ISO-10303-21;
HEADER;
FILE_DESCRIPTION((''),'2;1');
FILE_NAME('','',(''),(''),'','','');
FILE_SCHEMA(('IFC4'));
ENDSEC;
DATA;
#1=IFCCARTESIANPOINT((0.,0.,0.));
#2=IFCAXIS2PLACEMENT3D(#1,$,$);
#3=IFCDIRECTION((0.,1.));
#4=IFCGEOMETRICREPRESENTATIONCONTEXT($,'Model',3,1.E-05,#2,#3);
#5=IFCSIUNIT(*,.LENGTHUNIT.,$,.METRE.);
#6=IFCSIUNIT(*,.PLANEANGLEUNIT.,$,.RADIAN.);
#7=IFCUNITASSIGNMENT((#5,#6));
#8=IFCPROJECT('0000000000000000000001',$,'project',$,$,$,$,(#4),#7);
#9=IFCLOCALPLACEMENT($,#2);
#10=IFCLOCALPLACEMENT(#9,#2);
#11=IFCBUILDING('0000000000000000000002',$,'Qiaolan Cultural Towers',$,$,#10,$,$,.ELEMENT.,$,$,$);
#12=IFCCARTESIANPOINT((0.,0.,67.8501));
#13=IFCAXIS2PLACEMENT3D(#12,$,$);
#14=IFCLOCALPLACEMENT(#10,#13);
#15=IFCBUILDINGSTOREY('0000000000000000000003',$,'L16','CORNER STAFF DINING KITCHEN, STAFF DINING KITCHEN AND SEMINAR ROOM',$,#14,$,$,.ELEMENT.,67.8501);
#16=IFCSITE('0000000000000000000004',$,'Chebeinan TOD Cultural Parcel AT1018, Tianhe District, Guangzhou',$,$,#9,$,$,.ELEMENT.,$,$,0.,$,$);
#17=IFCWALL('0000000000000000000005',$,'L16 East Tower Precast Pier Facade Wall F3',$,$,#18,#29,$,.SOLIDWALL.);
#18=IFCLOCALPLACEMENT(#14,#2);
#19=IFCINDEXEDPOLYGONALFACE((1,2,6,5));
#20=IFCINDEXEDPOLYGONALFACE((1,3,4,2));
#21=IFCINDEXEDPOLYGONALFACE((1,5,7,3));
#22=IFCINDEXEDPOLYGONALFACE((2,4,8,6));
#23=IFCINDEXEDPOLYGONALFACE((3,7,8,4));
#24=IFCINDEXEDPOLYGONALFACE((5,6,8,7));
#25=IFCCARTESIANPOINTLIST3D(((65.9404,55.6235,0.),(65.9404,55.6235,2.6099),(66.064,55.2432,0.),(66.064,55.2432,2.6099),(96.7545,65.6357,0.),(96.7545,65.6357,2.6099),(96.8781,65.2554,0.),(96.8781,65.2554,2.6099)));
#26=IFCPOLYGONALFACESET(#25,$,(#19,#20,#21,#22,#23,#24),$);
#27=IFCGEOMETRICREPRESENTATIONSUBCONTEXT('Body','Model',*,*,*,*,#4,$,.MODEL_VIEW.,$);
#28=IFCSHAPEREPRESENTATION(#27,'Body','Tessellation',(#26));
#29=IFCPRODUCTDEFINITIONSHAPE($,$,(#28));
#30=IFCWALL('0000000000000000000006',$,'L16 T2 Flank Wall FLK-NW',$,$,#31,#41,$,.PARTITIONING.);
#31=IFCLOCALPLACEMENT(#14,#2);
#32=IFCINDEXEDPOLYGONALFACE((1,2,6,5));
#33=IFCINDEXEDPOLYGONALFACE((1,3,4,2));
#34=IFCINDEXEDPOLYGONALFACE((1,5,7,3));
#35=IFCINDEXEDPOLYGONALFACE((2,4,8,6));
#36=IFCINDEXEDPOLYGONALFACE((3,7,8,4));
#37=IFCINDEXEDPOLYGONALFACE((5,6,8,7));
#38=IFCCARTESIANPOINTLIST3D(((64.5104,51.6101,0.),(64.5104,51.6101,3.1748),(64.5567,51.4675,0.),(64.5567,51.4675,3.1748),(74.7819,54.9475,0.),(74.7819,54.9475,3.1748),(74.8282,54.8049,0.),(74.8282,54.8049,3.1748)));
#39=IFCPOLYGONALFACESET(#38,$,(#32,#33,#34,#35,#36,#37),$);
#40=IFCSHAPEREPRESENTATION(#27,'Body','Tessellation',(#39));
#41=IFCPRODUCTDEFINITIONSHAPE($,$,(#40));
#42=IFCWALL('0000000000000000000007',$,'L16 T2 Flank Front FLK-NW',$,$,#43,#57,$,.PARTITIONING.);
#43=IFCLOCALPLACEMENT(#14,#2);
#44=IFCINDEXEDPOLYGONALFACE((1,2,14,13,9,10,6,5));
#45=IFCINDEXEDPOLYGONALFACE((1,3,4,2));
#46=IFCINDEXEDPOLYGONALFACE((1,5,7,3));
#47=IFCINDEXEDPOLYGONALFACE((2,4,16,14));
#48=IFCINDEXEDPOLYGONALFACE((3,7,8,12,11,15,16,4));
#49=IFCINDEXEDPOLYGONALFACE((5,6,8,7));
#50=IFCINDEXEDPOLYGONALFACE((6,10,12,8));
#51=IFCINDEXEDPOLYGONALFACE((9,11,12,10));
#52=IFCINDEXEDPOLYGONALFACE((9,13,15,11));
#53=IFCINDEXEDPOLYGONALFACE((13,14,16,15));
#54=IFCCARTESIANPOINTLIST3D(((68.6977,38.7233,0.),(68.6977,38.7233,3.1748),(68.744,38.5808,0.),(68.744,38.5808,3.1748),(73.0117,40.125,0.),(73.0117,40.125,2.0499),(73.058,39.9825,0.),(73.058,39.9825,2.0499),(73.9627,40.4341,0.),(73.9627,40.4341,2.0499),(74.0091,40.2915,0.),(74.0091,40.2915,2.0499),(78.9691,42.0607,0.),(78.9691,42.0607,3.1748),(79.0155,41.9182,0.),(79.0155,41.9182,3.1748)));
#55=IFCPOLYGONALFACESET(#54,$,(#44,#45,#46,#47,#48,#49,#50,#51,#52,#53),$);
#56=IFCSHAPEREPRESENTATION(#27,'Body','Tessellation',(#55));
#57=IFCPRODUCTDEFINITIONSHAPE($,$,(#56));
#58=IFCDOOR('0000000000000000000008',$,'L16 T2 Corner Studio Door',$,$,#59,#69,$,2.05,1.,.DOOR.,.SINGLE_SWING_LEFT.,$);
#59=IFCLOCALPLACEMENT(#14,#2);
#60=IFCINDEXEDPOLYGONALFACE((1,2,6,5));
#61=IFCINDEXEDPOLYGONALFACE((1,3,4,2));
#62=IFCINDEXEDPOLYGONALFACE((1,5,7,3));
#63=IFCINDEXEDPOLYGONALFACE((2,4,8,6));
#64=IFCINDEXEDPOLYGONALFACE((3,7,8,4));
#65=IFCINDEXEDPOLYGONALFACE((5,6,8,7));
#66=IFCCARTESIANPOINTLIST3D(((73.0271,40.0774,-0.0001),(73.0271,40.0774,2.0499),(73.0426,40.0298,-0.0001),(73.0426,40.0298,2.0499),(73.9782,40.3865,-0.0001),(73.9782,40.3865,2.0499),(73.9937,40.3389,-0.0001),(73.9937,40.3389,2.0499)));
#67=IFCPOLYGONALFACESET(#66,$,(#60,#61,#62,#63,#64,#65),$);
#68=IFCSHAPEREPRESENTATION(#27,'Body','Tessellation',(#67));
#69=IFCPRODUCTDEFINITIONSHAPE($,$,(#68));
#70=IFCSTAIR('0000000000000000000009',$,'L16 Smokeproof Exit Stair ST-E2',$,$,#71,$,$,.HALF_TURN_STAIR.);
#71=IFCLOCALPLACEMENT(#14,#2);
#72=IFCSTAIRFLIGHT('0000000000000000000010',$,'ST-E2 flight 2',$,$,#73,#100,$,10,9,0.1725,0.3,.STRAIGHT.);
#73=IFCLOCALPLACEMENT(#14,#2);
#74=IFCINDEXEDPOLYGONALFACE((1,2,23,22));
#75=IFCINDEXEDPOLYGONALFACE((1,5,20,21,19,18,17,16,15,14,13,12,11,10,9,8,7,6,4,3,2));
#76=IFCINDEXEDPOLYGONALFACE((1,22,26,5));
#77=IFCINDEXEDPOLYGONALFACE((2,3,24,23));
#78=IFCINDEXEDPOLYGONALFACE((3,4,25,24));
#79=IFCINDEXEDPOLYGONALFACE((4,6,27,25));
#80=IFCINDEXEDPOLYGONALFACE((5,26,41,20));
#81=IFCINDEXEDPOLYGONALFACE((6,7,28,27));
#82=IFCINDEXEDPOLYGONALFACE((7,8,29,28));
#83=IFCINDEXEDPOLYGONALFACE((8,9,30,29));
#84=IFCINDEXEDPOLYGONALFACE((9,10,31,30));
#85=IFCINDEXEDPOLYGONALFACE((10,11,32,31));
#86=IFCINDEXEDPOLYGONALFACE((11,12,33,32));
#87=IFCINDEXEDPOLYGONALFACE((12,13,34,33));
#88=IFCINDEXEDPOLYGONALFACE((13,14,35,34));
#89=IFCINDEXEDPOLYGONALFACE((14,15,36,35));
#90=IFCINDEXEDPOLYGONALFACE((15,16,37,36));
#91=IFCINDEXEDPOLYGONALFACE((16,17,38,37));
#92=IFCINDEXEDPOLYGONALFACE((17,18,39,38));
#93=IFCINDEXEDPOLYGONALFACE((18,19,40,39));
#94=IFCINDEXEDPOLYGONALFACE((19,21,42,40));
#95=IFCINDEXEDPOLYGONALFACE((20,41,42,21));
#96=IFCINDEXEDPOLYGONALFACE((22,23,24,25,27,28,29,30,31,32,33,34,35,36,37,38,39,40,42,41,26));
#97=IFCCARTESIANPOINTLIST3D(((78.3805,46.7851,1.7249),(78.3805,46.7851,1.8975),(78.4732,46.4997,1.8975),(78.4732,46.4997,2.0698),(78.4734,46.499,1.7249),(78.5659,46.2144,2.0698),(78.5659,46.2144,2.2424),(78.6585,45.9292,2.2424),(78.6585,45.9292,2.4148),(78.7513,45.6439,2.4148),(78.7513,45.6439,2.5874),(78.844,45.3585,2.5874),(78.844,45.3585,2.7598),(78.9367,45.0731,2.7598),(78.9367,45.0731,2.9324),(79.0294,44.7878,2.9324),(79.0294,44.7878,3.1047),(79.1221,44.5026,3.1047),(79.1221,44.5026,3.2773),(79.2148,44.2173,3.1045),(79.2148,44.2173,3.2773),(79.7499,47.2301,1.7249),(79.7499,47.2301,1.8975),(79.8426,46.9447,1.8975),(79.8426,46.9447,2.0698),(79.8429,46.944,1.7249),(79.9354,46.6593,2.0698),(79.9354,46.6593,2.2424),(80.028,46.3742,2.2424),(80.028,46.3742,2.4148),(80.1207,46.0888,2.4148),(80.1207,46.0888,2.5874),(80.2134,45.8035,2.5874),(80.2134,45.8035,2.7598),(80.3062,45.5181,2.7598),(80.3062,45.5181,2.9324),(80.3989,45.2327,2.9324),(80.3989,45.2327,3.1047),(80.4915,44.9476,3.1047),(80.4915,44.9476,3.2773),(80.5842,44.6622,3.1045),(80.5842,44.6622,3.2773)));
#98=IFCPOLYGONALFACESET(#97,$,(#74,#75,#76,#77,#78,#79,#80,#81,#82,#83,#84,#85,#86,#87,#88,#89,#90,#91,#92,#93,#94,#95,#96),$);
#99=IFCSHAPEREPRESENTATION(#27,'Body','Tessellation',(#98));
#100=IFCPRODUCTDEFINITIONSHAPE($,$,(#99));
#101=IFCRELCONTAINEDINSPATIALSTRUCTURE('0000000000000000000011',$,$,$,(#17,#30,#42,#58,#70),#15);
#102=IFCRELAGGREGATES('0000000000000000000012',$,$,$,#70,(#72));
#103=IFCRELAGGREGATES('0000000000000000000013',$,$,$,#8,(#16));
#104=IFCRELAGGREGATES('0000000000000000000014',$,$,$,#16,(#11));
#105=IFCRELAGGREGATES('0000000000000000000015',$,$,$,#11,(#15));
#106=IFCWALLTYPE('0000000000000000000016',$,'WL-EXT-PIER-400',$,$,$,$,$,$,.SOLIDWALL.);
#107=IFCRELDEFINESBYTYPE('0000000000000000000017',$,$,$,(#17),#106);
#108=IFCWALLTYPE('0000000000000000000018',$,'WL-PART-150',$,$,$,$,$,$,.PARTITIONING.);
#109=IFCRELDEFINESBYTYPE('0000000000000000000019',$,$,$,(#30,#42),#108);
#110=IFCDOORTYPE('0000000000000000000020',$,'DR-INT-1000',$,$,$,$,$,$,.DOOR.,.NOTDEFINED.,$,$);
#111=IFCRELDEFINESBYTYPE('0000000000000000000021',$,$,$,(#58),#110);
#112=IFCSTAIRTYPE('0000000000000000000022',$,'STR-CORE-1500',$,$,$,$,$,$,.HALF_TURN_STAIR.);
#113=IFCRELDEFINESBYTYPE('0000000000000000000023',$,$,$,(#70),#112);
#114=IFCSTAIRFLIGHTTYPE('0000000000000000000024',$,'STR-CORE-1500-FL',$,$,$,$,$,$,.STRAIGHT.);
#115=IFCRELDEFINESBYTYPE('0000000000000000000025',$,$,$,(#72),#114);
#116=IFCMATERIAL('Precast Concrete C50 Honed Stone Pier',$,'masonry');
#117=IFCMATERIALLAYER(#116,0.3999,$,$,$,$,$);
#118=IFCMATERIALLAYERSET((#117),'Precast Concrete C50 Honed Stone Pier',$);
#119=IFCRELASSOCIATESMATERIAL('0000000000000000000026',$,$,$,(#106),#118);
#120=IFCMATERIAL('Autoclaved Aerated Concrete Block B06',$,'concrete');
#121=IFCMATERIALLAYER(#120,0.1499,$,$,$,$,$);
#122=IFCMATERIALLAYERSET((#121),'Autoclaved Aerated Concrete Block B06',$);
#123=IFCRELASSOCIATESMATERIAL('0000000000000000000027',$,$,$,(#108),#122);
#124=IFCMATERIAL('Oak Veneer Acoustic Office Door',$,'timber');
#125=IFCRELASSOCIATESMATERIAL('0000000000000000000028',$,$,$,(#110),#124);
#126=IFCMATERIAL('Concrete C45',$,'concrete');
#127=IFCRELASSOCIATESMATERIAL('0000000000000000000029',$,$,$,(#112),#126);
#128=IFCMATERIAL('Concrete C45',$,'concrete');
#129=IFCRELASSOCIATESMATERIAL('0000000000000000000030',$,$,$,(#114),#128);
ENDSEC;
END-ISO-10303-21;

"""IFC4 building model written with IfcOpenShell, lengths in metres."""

from ifc_helpers import new_model, si_unit, direction, frame, frame_2d, origin, place, context, subcontext, project, spatial, polyline, rectangle, outline, extrude, material, layer, layer_set, type_object, element, fill, aggregate, save


model = new_model("IFC4")

# Units and contexts
model_context = context("Model", 3, precision=1e-05, world=origin(), true_north=direction((0.0, 1.0)))
body_context = subcontext(model_context, "Body", "Model", "MODEL_VIEW")
ifc_project = project(units=[si_unit("LENGTHUNIT", "METRE"), si_unit("PLANEANGLEUNIT", "RADIAN")], contexts=[model_context])

# Site, building, storey
site_placement = place(None, origin())
site = spatial("IfcSite", under=ifc_project, at=site_placement, Name="Chebeinan TOD Cultural Parcel AT1018, Tianhe District, Guangzhou", CompositionType="ELEMENT", RefElevation=0.0)
building_placement = place(site_placement, origin())
building = spatial("IfcBuilding", under=site, at=building_placement, Name="Qiaolan Cultural Towers", CompositionType="ELEMENT")
storey_placement = place(building_placement, frame((0.0, 0.0, 67.8501)))
storey = spatial("IfcBuildingStorey", under=building, at=storey_placement, Name="L16", Description="CORNER STAFF DINING KITCHEN, STAFF DINING KITCHEN AND SEMINAR ROOM", CompositionType="ELEMENT", Elevation=67.8501)

# Walls
ifc_material_1 = material(Name="Precast Concrete C50 Honed Stone Pier", Category="masonry")
ifc_layer_1 = layer(ifc_material_1, 0.3999)
ifc_layer_set_1 = layer_set([ifc_layer_1], Name="Precast Concrete C50 Honed Stone Pier")
wall_type_1 = type_object("IfcWallType", Name="WL-EXT-PIER-400", PredefinedType="SOLIDWALL", material=ifc_layer_set_1)
wall_1_placement = place(storey_placement, frame((66.0022, 55.4333, 0.0), z_axis=(0.0, 0.0, 1.0), x_axis=(0.951056, 0.309019, 0.0)))
element("IfcWall", 1, at=wall_1_placement, inside=storey, type_object=wall_type_1, Name="L16 East Tower Precast Pier Facade Wall F3", PredefinedType="SOLIDWALL", context=body_context, shape_type="SweptSolid", body=[
    extrude(rectangle(XDim=32.3999, YDim=0.3999, at=frame_2d((16.2, 0.0))), origin(), (0.0, 0.0, 1.0), 2.6099),
])
ifc_material_2 = material(Name="Autoclaved Aerated Concrete Block B06", Category="concrete")
ifc_layer_2 = layer(ifc_material_2, 0.1499)
ifc_layer_set_2 = layer_set([ifc_layer_2], Name="Autoclaved Aerated Concrete Block B06")
wall_type_2 = type_object("IfcWallType", Name="WL-PART-150", PredefinedType="PARTITIONING", material=ifc_layer_set_2)
wall_2_placement = place(storey_placement, frame((64.5337, 51.5388, 0.0), z_axis=(0.0, 0.0, 1.0), x_axis=(0.951057, 0.309017, 0.0)))
element("IfcWall", 2, at=wall_2_placement, inside=storey, type_object=wall_type_2, Name="L16 T2 Flank Wall FLK-NW", PredefinedType="PARTITIONING", context=body_context, shape_type="SweptSolid", body=[
    extrude(rectangle(XDim=10.8, YDim=0.1499, at=frame_2d((5.3999, 0.0))), origin(), (0.0, 0.0, 1.0), 3.1748),
])

# Wall, opening, door
wall_3_placement = place(storey_placement, frame((68.7209, 38.6521, 0.0), z_axis=(0.0, 0.0, 1.0), x_axis=(0.951057, 0.309017, 0.0)))
wall_3 = element("IfcWall", 3, at=wall_3_placement, inside=storey, type_object=wall_type_2, Name="L16 T2 Flank Front FLK-NW", PredefinedType="PARTITIONING", context=body_context, shape_type="SweptSolid", body=[
    extrude(rectangle(XDim=10.8, YDim=0.1499, at=frame_2d((5.3999, 0.0))), origin(), (0.0, 0.0, 1.0), 3.1748),
])
opening_placement = place(wall_3_placement, frame((4.5359, 0.0, 0.0)))
opening = element("IfcOpeningElement", 4, at=opening_placement, cuts=wall_3, PredefinedType="OPENING", context=body_context, shape_type="SweptSolid", body=[
    extrude(rectangle(XDim=1.0, YDim=2.05, at=frame_2d((0.5, 1.0249))), frame((0.0, 0.085, 0.0), z_axis=(0.0, -1.0, 0.0), x_axis=(1.0, 0.0, 0.0)), (0.0, 0.0, 1.0), 0.1699),
])
ifc_material_3 = material(Name="Oak Veneer Acoustic Office Door", Category="timber")
door_type = type_object("IfcDoorType", Name="DR-INT-1000", OperationType="NOTDEFINED", PredefinedType="DOOR", material=ifc_material_3)
door_placement = place(opening_placement, origin())
door = element("IfcDoor", 5, at=door_placement, inside=storey, type_object=door_type, Name="L16 T2 Corner Studio Door", OperationType="SINGLE_SWING_LEFT", OverallHeight=2.05, OverallWidth=1.0, PredefinedType="DOOR", context=body_context, shape_type="SweptSolid", body=[
    extrude(rectangle(XDim=1.0, YDim=2.05, at=frame_2d((0.5, 1.0249))), frame((0.0, 0.0249, 0.0), z_axis=(0.0, -1.0, 0.0), x_axis=(1.0, 0.0, 0.0)), (0.0, 0.0, 1.0), 0.05),
])
fill(opening, door)

# Stair, stair flight
ifc_material_4 = material(Name="Concrete C45", Category="concrete")
stair_type = type_object("IfcStairType", Name="STR-CORE-1500", PredefinedType="HALF_TURN_STAIR", material=ifc_material_4)
stair_placement = place(storey_placement, origin())
stair = element("IfcStair", 6, at=stair_placement, inside=storey, type_object=stair_type, Name="L16 Smokeproof Exit Stair ST-E2", PredefinedType="HALF_TURN_STAIR")
ifc_material_5 = material(Name="Concrete C45", Category="concrete")
stair_flight_type = type_object("IfcStairFlightType", Name="STR-CORE-1500-FL", PredefinedType="STRAIGHT", material=ifc_material_5)
stair_flight_placement = place(storey_placement, frame((79.0652, 47.0076, 1.7249), z_axis=(0.0, 0.0, 1.0), x_axis=(0.309017, -0.951057, 0.0)))
stair_flight = element("IfcStairFlight", 7, at=stair_flight_placement, type_object=stair_flight_type, Name="ST-E2 flight 2", NumberOfRisers=10, NumberOfTreads=9, PredefinedType="STRAIGHT", RiserHeight=0.1725, TreadLength=0.3, context=body_context, shape_type="SweptSolid", body=[
    extrude(outline(polyline([(0.0, 0.0), (0.0, 0.1726), (0.3, 0.1726), (0.3, 0.345), (0.6001, 0.345), (0.6001, 0.5176), (0.8999, 0.5176), (0.8999, 0.6899), (1.2, 0.6899), (1.2, 0.8625), (1.5, 0.8625), (1.5, 1.0349), (1.8, 1.0349), (1.8, 1.2075), (2.1001, 1.2075), (2.1001, 1.3799), (2.3999, 1.3799), (2.3999, 1.5525), (2.7, 1.5525), (2.7, 1.7251), (2.7, 1.3796), (0.3008, 0.0), (0.0, 0.0)])), frame((0.0, 0.72, 0.0), z_axis=(0.0, -1.0, 0.0), x_axis=(1.0, 0.0, 0.0)), (0.0, 0.0, 1.0), 1.4399),
])
aggregate(stair, [stair_flight])

save(model, "model.ifc")
